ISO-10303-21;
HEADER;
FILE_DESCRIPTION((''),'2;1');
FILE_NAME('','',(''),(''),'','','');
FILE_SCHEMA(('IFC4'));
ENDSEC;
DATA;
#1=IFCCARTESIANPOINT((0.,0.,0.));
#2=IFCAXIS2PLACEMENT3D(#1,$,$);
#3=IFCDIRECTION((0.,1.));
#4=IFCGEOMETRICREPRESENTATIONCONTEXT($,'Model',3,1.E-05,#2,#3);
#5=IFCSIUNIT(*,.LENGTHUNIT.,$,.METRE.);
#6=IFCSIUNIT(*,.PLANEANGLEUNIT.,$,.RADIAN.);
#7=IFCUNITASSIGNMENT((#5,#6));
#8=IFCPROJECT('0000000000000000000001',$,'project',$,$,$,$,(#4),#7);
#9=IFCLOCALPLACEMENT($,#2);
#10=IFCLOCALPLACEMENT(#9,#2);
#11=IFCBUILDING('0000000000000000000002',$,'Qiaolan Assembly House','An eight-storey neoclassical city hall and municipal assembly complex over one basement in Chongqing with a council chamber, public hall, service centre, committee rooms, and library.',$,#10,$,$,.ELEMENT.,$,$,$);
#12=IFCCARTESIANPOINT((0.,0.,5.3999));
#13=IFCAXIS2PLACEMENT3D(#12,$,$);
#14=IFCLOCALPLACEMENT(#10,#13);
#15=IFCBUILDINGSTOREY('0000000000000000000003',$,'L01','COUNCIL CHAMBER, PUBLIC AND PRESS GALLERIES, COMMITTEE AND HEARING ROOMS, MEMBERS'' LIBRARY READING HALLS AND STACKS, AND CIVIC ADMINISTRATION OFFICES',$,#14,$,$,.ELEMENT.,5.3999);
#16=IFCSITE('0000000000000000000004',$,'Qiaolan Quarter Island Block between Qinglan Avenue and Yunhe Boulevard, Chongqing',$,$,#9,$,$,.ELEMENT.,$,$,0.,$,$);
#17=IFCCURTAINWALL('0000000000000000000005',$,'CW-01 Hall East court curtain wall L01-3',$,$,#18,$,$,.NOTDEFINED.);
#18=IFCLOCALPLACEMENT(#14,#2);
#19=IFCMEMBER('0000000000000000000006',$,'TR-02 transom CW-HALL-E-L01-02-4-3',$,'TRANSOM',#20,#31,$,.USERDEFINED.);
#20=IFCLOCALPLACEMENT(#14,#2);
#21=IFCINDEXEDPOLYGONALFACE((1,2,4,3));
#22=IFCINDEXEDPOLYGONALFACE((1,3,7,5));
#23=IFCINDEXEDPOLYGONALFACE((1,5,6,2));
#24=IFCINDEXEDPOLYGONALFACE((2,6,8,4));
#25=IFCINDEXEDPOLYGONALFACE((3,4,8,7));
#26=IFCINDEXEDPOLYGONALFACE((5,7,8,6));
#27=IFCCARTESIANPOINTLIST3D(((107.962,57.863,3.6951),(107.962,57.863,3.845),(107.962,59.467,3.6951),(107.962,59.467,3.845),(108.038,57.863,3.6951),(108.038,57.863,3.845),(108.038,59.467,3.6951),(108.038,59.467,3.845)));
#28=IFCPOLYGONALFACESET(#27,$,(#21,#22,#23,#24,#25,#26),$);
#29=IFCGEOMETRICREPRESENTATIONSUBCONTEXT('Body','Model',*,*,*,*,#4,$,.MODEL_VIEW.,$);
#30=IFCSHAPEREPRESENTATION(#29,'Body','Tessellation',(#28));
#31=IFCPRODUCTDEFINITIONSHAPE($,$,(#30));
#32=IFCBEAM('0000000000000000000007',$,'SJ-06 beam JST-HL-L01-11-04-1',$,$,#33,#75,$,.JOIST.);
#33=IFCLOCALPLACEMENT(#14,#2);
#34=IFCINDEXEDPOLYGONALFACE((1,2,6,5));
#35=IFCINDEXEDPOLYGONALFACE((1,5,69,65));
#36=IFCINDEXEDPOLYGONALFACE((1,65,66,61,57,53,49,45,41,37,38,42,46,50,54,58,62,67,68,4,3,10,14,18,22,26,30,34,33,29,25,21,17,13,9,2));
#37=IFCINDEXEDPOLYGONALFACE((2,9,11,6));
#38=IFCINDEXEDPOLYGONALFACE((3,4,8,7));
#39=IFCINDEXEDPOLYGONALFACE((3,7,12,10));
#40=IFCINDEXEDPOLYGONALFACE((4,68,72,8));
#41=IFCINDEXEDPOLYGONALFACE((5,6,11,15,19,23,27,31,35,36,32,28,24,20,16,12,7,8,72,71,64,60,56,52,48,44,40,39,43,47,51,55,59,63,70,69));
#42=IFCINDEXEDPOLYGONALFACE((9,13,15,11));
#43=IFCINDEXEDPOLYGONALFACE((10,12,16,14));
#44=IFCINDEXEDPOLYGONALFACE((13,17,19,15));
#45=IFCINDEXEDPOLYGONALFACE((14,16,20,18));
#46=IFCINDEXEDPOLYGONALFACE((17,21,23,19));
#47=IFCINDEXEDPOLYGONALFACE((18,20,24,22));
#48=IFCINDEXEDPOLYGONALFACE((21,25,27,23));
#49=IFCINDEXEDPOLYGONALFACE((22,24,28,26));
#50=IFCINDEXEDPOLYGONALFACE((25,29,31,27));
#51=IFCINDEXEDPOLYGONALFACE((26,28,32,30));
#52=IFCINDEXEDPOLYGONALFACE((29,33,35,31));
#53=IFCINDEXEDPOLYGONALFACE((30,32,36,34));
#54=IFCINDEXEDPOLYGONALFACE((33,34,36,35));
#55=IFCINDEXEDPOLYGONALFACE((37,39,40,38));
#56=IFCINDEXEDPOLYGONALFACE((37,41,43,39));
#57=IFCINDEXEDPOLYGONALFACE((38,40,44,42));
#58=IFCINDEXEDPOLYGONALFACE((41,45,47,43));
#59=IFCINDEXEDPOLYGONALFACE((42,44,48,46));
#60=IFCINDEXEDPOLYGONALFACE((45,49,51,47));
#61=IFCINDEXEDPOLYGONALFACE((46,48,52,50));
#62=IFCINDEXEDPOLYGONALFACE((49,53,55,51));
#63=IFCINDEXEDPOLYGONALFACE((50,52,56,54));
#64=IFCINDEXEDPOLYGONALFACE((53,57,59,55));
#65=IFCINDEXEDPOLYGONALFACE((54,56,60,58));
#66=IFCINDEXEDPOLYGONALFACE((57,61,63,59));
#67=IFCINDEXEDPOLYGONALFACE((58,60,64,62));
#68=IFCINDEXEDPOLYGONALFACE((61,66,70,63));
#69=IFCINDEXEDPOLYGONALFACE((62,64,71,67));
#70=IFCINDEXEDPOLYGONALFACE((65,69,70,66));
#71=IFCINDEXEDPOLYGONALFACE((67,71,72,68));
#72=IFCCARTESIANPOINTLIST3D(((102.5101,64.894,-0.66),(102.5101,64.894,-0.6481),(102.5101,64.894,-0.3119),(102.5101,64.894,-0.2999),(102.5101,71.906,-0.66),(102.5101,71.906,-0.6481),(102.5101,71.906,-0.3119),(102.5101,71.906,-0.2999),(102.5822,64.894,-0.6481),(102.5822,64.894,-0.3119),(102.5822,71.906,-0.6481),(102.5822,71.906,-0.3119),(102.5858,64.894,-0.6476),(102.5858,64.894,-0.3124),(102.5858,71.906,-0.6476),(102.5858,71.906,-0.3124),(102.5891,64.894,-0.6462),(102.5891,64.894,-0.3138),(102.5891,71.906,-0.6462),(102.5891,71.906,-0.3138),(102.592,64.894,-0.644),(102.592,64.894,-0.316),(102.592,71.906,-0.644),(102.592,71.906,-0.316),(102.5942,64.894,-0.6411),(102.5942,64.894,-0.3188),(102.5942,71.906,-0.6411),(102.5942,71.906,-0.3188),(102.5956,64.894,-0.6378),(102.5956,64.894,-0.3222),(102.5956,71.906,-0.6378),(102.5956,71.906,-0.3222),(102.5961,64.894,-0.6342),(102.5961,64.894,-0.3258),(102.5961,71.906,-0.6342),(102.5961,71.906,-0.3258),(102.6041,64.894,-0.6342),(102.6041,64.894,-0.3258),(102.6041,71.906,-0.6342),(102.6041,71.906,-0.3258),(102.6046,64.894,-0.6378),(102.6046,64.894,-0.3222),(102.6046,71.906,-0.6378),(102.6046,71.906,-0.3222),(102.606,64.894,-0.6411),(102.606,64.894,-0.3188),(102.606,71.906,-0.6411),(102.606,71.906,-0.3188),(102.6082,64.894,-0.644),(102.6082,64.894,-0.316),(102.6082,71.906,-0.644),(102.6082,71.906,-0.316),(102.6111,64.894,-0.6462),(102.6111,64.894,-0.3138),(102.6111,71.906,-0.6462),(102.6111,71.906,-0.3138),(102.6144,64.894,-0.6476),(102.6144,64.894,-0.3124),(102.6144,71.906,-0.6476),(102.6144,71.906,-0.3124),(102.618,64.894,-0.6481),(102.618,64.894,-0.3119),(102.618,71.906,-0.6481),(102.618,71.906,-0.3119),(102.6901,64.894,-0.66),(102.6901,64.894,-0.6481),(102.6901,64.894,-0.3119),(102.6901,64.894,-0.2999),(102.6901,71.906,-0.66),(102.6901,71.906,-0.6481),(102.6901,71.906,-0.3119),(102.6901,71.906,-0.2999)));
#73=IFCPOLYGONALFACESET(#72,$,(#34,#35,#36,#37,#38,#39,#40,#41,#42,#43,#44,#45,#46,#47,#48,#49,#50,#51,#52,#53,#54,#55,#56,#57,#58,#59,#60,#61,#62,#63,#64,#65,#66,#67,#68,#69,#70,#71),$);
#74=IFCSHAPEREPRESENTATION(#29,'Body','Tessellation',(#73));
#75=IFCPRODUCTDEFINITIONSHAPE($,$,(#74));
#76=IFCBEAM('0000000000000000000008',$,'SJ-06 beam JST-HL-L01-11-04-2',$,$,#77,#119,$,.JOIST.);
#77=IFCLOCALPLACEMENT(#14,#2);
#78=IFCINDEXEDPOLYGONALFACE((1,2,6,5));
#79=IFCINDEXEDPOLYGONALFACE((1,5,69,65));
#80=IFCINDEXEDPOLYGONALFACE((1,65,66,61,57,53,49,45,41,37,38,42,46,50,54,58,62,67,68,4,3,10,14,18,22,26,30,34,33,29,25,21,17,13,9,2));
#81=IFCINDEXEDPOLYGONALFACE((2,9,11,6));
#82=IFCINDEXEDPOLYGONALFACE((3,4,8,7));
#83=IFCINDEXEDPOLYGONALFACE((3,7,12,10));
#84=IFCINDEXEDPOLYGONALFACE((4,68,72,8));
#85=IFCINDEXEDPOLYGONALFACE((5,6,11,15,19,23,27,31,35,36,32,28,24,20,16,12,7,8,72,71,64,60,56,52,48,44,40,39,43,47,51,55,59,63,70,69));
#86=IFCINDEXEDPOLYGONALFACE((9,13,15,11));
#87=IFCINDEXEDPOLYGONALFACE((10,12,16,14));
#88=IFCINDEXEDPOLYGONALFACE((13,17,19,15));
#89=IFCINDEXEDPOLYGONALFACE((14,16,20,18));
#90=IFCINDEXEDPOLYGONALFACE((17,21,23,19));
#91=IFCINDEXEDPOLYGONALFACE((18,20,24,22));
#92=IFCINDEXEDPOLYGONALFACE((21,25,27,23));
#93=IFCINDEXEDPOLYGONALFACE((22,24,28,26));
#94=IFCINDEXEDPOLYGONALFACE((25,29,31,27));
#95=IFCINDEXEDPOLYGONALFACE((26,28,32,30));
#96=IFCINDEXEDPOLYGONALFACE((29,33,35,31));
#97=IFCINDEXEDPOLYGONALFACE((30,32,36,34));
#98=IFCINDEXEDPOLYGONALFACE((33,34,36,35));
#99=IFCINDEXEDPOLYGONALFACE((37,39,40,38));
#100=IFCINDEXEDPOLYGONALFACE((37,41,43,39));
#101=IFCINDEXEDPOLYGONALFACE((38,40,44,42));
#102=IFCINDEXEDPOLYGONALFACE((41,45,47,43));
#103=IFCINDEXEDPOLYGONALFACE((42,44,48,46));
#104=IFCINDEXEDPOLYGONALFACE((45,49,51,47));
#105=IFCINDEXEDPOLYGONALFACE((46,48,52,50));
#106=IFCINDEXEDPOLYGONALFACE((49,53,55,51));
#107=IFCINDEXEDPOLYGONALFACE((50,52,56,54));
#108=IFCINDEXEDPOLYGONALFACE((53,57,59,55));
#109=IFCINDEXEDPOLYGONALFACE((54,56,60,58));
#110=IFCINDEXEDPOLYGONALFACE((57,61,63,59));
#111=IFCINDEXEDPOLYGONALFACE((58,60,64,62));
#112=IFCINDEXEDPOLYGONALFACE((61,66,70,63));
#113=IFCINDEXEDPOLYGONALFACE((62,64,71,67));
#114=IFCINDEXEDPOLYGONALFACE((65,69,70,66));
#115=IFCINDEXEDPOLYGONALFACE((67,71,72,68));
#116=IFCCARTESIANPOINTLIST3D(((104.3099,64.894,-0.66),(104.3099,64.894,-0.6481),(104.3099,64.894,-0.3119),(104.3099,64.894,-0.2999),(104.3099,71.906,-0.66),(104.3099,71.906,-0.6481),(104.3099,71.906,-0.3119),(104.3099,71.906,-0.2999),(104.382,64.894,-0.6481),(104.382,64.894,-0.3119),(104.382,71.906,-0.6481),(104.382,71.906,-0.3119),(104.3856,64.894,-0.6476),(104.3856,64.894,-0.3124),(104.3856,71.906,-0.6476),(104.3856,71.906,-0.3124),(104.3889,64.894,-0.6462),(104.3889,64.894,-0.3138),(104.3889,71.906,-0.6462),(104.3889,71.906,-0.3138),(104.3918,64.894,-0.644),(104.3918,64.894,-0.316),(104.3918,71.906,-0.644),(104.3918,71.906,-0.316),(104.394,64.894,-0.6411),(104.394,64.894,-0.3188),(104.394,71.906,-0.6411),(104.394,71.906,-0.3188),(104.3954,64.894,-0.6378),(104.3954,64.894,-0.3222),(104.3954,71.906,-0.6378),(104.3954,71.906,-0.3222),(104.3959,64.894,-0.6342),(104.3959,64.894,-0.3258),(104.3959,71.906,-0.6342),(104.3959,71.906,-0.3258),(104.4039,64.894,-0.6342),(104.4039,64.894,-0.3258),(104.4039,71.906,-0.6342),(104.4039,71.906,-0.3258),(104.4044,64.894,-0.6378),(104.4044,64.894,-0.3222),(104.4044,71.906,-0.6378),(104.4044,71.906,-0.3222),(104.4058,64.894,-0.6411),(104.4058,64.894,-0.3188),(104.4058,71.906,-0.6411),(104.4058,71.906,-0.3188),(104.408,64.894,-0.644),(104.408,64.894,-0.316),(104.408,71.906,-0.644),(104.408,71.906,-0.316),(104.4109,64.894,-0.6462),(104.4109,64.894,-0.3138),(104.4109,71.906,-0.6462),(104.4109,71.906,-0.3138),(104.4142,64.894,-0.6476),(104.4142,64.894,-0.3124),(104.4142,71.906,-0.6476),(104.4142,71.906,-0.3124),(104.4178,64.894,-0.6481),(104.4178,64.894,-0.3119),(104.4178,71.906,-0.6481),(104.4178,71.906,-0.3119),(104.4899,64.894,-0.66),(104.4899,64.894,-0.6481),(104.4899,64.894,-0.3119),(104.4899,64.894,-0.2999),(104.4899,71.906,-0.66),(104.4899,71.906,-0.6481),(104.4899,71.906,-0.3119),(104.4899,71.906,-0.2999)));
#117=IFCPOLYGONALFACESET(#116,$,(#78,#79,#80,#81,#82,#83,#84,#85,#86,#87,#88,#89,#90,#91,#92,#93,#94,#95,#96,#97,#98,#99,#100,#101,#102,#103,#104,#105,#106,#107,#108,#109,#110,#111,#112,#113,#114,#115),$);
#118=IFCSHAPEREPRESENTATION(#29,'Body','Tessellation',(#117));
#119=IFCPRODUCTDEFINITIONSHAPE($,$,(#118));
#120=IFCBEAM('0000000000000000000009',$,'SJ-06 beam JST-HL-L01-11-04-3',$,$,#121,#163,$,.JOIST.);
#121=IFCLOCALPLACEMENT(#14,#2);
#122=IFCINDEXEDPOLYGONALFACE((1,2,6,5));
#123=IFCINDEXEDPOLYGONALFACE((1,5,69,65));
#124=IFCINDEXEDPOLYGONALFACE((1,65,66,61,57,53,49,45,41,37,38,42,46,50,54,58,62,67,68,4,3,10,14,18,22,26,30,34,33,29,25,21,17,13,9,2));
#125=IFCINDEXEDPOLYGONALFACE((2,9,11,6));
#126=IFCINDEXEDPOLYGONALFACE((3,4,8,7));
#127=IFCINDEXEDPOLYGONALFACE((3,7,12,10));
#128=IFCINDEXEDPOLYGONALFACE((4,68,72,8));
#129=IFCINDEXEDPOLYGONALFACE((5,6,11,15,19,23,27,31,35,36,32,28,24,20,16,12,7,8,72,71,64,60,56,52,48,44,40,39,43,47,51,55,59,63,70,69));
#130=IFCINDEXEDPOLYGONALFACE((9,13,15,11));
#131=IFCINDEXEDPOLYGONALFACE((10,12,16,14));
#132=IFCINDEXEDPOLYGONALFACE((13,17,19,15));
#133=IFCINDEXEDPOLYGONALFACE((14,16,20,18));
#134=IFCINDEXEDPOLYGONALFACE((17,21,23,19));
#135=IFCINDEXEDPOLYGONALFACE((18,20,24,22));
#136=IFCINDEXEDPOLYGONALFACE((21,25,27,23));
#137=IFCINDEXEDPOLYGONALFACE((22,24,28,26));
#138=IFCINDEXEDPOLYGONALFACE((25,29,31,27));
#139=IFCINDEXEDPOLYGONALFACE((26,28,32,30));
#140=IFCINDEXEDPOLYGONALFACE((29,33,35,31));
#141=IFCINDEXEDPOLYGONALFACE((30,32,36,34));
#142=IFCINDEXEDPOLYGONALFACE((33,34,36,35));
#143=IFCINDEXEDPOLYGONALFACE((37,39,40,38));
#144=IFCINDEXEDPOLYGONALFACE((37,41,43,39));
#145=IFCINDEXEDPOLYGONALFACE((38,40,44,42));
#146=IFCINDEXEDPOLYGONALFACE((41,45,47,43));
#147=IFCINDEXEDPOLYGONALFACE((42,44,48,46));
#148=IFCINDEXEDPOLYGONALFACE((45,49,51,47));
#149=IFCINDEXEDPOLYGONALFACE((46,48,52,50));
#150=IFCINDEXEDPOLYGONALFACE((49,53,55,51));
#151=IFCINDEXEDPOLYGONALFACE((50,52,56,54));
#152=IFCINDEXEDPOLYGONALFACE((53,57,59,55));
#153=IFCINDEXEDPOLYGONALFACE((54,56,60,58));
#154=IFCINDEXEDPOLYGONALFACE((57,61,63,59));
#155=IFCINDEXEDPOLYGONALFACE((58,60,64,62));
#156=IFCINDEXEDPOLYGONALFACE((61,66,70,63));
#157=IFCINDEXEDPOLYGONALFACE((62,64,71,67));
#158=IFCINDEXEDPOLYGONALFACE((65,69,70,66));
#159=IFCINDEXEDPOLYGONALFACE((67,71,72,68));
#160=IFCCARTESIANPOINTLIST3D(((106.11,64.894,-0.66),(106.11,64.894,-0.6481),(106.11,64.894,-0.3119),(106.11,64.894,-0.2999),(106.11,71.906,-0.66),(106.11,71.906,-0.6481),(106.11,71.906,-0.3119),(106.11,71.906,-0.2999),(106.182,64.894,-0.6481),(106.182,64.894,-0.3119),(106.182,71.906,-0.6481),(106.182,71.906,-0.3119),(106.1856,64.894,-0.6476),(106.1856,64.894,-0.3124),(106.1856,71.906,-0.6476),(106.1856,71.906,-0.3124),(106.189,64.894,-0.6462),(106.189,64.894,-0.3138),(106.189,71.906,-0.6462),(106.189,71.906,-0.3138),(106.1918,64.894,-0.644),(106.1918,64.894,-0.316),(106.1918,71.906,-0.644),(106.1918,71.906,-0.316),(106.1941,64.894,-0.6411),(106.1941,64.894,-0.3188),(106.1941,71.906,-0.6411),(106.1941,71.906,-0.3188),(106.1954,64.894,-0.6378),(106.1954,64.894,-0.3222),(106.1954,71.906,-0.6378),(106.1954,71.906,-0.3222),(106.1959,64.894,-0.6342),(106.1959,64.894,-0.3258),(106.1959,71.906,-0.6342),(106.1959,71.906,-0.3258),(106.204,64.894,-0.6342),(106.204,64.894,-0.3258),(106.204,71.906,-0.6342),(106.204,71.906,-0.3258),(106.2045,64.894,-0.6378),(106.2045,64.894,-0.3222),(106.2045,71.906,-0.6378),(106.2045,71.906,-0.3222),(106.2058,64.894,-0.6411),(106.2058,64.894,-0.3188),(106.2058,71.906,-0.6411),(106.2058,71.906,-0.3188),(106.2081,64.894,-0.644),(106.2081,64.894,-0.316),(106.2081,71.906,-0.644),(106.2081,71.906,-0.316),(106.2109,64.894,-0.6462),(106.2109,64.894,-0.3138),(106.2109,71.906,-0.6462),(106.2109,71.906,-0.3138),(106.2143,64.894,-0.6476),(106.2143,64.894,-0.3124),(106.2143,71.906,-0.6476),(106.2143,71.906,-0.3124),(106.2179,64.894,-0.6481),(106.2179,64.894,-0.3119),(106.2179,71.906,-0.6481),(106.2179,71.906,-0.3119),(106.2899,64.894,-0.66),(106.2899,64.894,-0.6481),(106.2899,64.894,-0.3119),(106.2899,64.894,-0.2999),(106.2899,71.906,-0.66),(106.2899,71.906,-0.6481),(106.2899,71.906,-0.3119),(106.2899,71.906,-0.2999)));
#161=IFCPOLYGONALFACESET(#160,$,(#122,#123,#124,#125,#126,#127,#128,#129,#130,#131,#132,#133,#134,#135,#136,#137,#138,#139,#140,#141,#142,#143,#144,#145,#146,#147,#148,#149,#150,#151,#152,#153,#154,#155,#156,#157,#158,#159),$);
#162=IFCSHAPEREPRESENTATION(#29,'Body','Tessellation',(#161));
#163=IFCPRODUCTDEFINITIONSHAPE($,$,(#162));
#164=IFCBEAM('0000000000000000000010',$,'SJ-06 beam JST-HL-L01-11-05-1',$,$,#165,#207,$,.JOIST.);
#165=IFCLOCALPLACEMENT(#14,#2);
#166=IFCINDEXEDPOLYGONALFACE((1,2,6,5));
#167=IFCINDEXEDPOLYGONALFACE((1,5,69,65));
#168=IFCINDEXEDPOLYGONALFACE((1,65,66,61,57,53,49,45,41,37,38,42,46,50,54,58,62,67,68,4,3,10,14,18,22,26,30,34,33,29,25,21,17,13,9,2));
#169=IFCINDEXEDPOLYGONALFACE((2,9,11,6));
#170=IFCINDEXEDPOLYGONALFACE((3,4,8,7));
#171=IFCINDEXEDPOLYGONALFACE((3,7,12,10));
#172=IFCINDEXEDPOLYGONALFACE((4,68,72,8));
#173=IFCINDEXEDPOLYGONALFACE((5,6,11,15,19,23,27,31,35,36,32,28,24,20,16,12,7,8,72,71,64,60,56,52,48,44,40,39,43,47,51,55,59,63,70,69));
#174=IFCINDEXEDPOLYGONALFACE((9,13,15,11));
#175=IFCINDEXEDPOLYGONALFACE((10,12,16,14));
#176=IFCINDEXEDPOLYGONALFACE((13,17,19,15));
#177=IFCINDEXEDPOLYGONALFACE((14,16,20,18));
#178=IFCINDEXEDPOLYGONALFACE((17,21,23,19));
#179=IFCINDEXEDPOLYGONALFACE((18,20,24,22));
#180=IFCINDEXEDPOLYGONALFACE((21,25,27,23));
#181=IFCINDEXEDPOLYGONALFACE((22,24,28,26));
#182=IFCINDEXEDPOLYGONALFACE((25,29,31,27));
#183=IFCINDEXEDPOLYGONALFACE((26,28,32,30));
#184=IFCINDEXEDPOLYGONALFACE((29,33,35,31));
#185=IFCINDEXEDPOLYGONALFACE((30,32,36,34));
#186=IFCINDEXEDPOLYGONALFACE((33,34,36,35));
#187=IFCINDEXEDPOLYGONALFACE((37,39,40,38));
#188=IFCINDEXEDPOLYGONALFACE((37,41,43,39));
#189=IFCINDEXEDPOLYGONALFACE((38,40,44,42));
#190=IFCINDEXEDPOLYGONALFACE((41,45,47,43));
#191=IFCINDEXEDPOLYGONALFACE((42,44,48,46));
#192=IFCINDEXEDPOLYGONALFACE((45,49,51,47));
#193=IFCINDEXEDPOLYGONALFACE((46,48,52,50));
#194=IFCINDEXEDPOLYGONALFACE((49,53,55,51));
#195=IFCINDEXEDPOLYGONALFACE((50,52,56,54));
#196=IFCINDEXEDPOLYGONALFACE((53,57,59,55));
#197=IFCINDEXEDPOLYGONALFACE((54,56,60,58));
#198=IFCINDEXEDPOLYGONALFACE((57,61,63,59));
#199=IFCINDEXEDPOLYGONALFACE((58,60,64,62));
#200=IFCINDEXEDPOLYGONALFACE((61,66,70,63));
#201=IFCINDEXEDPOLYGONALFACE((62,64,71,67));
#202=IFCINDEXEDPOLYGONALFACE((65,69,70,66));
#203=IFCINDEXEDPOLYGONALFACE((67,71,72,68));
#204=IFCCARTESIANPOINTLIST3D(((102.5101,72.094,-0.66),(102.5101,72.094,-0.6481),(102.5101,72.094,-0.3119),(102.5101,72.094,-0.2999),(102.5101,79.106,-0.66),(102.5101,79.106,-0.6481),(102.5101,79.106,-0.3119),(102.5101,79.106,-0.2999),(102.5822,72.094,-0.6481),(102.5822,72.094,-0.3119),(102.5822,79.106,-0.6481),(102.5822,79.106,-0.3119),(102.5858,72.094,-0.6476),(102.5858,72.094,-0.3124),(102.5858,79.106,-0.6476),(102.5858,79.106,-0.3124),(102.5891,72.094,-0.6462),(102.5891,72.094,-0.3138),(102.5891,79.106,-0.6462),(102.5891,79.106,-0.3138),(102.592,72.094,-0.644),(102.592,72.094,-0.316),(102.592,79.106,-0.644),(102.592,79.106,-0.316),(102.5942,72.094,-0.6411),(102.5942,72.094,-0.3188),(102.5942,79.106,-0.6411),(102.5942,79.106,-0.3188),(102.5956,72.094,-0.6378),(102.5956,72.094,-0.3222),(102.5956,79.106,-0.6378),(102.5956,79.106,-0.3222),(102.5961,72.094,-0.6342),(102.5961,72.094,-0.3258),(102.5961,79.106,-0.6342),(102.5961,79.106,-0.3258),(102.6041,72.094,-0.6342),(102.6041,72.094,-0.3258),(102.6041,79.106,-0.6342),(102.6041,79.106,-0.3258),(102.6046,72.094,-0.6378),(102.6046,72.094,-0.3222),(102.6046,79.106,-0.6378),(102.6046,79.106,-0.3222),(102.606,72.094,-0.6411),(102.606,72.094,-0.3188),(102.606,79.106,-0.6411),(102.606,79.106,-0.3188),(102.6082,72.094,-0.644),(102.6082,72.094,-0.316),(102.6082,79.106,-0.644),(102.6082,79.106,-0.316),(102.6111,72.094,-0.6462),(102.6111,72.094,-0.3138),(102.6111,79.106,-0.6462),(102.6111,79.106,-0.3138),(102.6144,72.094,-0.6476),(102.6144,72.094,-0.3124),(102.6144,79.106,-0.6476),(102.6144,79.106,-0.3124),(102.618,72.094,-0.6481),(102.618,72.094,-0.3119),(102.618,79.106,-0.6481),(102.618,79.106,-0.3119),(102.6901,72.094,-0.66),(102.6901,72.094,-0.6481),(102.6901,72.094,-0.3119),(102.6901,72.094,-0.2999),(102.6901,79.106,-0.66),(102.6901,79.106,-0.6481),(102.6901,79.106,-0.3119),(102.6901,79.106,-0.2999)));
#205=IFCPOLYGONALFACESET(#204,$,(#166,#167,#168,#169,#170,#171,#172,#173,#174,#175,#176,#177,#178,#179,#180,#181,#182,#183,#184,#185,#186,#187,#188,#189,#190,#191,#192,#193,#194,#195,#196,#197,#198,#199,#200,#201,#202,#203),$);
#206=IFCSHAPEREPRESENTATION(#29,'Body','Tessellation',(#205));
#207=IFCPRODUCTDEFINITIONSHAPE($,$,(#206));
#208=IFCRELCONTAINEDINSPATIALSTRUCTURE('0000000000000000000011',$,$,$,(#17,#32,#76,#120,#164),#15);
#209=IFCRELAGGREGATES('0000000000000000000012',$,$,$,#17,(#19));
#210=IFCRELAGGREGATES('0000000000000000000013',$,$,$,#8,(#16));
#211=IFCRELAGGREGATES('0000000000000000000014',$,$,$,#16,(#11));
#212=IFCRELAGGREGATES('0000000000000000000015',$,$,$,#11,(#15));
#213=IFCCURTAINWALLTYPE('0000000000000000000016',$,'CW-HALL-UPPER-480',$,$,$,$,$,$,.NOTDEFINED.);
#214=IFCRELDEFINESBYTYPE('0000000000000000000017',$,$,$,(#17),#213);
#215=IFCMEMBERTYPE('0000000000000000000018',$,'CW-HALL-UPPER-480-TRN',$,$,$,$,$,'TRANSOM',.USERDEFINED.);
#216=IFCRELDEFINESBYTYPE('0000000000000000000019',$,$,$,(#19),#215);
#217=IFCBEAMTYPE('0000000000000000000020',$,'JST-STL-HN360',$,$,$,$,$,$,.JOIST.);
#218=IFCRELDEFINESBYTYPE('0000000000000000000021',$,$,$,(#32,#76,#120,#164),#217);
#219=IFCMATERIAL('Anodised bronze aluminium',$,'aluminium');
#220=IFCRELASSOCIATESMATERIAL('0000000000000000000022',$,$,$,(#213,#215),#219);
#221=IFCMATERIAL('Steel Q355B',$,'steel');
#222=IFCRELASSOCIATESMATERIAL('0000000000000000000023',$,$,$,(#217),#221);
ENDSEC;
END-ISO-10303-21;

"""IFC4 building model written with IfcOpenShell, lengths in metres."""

from ifc_helpers import new_model, si_unit, direction, frame, origin, origin_2d, place, context, subcontext, project, spatial, rectangle, i_section, extrude, material, material_profile, profile_set, type_object, element, aggregate, save


model = new_model("IFC4")

# Units and contexts
model_context = context("Model", 3, precision=1e-05, world=origin(), true_north=direction((0.0, 1.0)))
body_context = subcontext(model_context, "Body", "Model", "MODEL_VIEW")
ifc_project = project(units=[si_unit("LENGTHUNIT", "METRE"), si_unit("PLANEANGLEUNIT", "RADIAN")], contexts=[model_context])

# Site, building, storey
site_placement = place(None, origin())
site = spatial("IfcSite", under=ifc_project, at=site_placement, Name="Qiaolan Quarter Island Block between Qinglan Avenue and Yunhe Boulevard, Chongqing", CompositionType="ELEMENT", RefElevation=0.0)
building_placement = place(site_placement, origin())
building = spatial("IfcBuilding", under=site, at=building_placement, Name="Qiaolan Assembly House", Description="An eight-storey neoclassical city hall and municipal assembly complex over one basement in Chongqing with a council chamber, public hall, service centre, committee rooms, and library.", CompositionType="ELEMENT")
storey_placement = place(building_placement, frame((0.0, 0.0, 5.3999)))
storey = spatial("IfcBuildingStorey", under=building, at=storey_placement, Name="L01", Description="COUNCIL CHAMBER, PUBLIC AND PRESS GALLERIES, COMMITTEE AND HEARING ROOMS, MEMBERS' LIBRARY READING HALLS AND STACKS, AND CIVIC ADMINISTRATION OFFICES", CompositionType="ELEMENT", Elevation=5.3999)

# Shared definitions
ifc_material_1 = material(Name="Steel Q355B", Category="steel")

# Curtain wall, member
ifc_material_2 = material(Name="Anodised bronze aluminium", Category="aluminium")
curtain_wall_type = type_object("IfcCurtainWallType", Name="CW-HALL-UPPER-480", PredefinedType="NOTDEFINED", material=ifc_material_2)
curtain_wall_placement = place(storey_placement, origin())
curtain_wall = element("IfcCurtainWall", 1, at=curtain_wall_placement, inside=storey, type_object=curtain_wall_type, Name="CW-01 Hall East court curtain wall L01-3", PredefinedType="NOTDEFINED")
ifc_material_profile_1 = material_profile(ifc_material_2, rectangle(XDim=0.0759, YDim=0.1499, at=origin_2d()), Name="TRN 76x150")
ifc_profile_set_1 = profile_set([ifc_material_profile_1], Name="Anodised bronze aluminium")
member_type_1 = type_object("IfcMemberType", Name="CW-HALL-UPPER-480-TRN", ElementType="TRANSOM", PredefinedType="USERDEFINED", material=ifc_profile_set_1)
member_1_placement = place(storey_placement, frame((108.0, 59.467, 3.77), z_axis=(0.0, -1.0, 0.0), x_axis=(1.0, 0.0, 0.0)))
member_1 = element("IfcMember", 2, at=member_1_placement, type_object=member_type_1, Name="TR-02 transom CW-HALL-E-L01-02-4-3", ObjectType="TRANSOM", PredefinedType="USERDEFINED", context=body_context, shape_type="SweptSolid", body=[
    extrude(rectangle(XDim=0.0759, YDim=0.1499, at=origin_2d()), origin(), (0.0, 0.0, 1.0), 1.604),
])

# Beams
ifc_material_profile_2 = material_profile(ifc_material_1, i_section(OverallWidth=0.1799, OverallDepth=0.3601, WebThickness=0.0081, FlangeThickness=0.012, FilletRadius=0.0139, at=origin_2d()), Name="HN 360x180x8x12")
ifc_profile_set_2 = profile_set([ifc_material_profile_2], Name="Steel Q355B")
beam_type_1 = type_object("IfcBeamType", Name="JST-STL-HN360", PredefinedType="JOIST", material=ifc_profile_set_2)
for number, where, z_axis, x_axis, name in (
    (3, (102.6001, 64.894, -0.48), (0.0, 1.0, 0.0), (-1.0, 0.0, 0.0), "SJ-06 beam JST-HL-L01-11-04-1"),
    (4, (104.3999, 64.894, -0.48), (0.0, 1.0, 0.0), (-1.0, 0.0, 0.0), "SJ-06 beam JST-HL-L01-11-04-2"),
    (5, (106.2, 64.894, -0.48), (0.0, 1.0, 0.0), (-1.0, 0.0, 0.0), "SJ-06 beam JST-HL-L01-11-04-3"),
    (6, (102.6001, 72.094, -0.48), (0.0, 1.0, 0.0), (-1.0, 0.0, 0.0), "SJ-06 beam JST-HL-L01-11-05-1"),
):
    element("IfcBeam", number, at=place(storey_placement, frame(where, z_axis=z_axis, x_axis=x_axis)), inside=storey, type_object=beam_type_1, Name=name, PredefinedType="JOIST", context=body_context, shape_type="SweptSolid", body=[
        extrude(i_section(OverallWidth=0.1799, OverallDepth=0.3601, WebThickness=0.0081, FlangeThickness=0.012, FilletRadius=0.0139, at=origin_2d()), origin(), (0.0, 0.0, 1.0), 7.012),
    ])

aggregate(curtain_wall, [member_1])

save(model, "model.ifc")
